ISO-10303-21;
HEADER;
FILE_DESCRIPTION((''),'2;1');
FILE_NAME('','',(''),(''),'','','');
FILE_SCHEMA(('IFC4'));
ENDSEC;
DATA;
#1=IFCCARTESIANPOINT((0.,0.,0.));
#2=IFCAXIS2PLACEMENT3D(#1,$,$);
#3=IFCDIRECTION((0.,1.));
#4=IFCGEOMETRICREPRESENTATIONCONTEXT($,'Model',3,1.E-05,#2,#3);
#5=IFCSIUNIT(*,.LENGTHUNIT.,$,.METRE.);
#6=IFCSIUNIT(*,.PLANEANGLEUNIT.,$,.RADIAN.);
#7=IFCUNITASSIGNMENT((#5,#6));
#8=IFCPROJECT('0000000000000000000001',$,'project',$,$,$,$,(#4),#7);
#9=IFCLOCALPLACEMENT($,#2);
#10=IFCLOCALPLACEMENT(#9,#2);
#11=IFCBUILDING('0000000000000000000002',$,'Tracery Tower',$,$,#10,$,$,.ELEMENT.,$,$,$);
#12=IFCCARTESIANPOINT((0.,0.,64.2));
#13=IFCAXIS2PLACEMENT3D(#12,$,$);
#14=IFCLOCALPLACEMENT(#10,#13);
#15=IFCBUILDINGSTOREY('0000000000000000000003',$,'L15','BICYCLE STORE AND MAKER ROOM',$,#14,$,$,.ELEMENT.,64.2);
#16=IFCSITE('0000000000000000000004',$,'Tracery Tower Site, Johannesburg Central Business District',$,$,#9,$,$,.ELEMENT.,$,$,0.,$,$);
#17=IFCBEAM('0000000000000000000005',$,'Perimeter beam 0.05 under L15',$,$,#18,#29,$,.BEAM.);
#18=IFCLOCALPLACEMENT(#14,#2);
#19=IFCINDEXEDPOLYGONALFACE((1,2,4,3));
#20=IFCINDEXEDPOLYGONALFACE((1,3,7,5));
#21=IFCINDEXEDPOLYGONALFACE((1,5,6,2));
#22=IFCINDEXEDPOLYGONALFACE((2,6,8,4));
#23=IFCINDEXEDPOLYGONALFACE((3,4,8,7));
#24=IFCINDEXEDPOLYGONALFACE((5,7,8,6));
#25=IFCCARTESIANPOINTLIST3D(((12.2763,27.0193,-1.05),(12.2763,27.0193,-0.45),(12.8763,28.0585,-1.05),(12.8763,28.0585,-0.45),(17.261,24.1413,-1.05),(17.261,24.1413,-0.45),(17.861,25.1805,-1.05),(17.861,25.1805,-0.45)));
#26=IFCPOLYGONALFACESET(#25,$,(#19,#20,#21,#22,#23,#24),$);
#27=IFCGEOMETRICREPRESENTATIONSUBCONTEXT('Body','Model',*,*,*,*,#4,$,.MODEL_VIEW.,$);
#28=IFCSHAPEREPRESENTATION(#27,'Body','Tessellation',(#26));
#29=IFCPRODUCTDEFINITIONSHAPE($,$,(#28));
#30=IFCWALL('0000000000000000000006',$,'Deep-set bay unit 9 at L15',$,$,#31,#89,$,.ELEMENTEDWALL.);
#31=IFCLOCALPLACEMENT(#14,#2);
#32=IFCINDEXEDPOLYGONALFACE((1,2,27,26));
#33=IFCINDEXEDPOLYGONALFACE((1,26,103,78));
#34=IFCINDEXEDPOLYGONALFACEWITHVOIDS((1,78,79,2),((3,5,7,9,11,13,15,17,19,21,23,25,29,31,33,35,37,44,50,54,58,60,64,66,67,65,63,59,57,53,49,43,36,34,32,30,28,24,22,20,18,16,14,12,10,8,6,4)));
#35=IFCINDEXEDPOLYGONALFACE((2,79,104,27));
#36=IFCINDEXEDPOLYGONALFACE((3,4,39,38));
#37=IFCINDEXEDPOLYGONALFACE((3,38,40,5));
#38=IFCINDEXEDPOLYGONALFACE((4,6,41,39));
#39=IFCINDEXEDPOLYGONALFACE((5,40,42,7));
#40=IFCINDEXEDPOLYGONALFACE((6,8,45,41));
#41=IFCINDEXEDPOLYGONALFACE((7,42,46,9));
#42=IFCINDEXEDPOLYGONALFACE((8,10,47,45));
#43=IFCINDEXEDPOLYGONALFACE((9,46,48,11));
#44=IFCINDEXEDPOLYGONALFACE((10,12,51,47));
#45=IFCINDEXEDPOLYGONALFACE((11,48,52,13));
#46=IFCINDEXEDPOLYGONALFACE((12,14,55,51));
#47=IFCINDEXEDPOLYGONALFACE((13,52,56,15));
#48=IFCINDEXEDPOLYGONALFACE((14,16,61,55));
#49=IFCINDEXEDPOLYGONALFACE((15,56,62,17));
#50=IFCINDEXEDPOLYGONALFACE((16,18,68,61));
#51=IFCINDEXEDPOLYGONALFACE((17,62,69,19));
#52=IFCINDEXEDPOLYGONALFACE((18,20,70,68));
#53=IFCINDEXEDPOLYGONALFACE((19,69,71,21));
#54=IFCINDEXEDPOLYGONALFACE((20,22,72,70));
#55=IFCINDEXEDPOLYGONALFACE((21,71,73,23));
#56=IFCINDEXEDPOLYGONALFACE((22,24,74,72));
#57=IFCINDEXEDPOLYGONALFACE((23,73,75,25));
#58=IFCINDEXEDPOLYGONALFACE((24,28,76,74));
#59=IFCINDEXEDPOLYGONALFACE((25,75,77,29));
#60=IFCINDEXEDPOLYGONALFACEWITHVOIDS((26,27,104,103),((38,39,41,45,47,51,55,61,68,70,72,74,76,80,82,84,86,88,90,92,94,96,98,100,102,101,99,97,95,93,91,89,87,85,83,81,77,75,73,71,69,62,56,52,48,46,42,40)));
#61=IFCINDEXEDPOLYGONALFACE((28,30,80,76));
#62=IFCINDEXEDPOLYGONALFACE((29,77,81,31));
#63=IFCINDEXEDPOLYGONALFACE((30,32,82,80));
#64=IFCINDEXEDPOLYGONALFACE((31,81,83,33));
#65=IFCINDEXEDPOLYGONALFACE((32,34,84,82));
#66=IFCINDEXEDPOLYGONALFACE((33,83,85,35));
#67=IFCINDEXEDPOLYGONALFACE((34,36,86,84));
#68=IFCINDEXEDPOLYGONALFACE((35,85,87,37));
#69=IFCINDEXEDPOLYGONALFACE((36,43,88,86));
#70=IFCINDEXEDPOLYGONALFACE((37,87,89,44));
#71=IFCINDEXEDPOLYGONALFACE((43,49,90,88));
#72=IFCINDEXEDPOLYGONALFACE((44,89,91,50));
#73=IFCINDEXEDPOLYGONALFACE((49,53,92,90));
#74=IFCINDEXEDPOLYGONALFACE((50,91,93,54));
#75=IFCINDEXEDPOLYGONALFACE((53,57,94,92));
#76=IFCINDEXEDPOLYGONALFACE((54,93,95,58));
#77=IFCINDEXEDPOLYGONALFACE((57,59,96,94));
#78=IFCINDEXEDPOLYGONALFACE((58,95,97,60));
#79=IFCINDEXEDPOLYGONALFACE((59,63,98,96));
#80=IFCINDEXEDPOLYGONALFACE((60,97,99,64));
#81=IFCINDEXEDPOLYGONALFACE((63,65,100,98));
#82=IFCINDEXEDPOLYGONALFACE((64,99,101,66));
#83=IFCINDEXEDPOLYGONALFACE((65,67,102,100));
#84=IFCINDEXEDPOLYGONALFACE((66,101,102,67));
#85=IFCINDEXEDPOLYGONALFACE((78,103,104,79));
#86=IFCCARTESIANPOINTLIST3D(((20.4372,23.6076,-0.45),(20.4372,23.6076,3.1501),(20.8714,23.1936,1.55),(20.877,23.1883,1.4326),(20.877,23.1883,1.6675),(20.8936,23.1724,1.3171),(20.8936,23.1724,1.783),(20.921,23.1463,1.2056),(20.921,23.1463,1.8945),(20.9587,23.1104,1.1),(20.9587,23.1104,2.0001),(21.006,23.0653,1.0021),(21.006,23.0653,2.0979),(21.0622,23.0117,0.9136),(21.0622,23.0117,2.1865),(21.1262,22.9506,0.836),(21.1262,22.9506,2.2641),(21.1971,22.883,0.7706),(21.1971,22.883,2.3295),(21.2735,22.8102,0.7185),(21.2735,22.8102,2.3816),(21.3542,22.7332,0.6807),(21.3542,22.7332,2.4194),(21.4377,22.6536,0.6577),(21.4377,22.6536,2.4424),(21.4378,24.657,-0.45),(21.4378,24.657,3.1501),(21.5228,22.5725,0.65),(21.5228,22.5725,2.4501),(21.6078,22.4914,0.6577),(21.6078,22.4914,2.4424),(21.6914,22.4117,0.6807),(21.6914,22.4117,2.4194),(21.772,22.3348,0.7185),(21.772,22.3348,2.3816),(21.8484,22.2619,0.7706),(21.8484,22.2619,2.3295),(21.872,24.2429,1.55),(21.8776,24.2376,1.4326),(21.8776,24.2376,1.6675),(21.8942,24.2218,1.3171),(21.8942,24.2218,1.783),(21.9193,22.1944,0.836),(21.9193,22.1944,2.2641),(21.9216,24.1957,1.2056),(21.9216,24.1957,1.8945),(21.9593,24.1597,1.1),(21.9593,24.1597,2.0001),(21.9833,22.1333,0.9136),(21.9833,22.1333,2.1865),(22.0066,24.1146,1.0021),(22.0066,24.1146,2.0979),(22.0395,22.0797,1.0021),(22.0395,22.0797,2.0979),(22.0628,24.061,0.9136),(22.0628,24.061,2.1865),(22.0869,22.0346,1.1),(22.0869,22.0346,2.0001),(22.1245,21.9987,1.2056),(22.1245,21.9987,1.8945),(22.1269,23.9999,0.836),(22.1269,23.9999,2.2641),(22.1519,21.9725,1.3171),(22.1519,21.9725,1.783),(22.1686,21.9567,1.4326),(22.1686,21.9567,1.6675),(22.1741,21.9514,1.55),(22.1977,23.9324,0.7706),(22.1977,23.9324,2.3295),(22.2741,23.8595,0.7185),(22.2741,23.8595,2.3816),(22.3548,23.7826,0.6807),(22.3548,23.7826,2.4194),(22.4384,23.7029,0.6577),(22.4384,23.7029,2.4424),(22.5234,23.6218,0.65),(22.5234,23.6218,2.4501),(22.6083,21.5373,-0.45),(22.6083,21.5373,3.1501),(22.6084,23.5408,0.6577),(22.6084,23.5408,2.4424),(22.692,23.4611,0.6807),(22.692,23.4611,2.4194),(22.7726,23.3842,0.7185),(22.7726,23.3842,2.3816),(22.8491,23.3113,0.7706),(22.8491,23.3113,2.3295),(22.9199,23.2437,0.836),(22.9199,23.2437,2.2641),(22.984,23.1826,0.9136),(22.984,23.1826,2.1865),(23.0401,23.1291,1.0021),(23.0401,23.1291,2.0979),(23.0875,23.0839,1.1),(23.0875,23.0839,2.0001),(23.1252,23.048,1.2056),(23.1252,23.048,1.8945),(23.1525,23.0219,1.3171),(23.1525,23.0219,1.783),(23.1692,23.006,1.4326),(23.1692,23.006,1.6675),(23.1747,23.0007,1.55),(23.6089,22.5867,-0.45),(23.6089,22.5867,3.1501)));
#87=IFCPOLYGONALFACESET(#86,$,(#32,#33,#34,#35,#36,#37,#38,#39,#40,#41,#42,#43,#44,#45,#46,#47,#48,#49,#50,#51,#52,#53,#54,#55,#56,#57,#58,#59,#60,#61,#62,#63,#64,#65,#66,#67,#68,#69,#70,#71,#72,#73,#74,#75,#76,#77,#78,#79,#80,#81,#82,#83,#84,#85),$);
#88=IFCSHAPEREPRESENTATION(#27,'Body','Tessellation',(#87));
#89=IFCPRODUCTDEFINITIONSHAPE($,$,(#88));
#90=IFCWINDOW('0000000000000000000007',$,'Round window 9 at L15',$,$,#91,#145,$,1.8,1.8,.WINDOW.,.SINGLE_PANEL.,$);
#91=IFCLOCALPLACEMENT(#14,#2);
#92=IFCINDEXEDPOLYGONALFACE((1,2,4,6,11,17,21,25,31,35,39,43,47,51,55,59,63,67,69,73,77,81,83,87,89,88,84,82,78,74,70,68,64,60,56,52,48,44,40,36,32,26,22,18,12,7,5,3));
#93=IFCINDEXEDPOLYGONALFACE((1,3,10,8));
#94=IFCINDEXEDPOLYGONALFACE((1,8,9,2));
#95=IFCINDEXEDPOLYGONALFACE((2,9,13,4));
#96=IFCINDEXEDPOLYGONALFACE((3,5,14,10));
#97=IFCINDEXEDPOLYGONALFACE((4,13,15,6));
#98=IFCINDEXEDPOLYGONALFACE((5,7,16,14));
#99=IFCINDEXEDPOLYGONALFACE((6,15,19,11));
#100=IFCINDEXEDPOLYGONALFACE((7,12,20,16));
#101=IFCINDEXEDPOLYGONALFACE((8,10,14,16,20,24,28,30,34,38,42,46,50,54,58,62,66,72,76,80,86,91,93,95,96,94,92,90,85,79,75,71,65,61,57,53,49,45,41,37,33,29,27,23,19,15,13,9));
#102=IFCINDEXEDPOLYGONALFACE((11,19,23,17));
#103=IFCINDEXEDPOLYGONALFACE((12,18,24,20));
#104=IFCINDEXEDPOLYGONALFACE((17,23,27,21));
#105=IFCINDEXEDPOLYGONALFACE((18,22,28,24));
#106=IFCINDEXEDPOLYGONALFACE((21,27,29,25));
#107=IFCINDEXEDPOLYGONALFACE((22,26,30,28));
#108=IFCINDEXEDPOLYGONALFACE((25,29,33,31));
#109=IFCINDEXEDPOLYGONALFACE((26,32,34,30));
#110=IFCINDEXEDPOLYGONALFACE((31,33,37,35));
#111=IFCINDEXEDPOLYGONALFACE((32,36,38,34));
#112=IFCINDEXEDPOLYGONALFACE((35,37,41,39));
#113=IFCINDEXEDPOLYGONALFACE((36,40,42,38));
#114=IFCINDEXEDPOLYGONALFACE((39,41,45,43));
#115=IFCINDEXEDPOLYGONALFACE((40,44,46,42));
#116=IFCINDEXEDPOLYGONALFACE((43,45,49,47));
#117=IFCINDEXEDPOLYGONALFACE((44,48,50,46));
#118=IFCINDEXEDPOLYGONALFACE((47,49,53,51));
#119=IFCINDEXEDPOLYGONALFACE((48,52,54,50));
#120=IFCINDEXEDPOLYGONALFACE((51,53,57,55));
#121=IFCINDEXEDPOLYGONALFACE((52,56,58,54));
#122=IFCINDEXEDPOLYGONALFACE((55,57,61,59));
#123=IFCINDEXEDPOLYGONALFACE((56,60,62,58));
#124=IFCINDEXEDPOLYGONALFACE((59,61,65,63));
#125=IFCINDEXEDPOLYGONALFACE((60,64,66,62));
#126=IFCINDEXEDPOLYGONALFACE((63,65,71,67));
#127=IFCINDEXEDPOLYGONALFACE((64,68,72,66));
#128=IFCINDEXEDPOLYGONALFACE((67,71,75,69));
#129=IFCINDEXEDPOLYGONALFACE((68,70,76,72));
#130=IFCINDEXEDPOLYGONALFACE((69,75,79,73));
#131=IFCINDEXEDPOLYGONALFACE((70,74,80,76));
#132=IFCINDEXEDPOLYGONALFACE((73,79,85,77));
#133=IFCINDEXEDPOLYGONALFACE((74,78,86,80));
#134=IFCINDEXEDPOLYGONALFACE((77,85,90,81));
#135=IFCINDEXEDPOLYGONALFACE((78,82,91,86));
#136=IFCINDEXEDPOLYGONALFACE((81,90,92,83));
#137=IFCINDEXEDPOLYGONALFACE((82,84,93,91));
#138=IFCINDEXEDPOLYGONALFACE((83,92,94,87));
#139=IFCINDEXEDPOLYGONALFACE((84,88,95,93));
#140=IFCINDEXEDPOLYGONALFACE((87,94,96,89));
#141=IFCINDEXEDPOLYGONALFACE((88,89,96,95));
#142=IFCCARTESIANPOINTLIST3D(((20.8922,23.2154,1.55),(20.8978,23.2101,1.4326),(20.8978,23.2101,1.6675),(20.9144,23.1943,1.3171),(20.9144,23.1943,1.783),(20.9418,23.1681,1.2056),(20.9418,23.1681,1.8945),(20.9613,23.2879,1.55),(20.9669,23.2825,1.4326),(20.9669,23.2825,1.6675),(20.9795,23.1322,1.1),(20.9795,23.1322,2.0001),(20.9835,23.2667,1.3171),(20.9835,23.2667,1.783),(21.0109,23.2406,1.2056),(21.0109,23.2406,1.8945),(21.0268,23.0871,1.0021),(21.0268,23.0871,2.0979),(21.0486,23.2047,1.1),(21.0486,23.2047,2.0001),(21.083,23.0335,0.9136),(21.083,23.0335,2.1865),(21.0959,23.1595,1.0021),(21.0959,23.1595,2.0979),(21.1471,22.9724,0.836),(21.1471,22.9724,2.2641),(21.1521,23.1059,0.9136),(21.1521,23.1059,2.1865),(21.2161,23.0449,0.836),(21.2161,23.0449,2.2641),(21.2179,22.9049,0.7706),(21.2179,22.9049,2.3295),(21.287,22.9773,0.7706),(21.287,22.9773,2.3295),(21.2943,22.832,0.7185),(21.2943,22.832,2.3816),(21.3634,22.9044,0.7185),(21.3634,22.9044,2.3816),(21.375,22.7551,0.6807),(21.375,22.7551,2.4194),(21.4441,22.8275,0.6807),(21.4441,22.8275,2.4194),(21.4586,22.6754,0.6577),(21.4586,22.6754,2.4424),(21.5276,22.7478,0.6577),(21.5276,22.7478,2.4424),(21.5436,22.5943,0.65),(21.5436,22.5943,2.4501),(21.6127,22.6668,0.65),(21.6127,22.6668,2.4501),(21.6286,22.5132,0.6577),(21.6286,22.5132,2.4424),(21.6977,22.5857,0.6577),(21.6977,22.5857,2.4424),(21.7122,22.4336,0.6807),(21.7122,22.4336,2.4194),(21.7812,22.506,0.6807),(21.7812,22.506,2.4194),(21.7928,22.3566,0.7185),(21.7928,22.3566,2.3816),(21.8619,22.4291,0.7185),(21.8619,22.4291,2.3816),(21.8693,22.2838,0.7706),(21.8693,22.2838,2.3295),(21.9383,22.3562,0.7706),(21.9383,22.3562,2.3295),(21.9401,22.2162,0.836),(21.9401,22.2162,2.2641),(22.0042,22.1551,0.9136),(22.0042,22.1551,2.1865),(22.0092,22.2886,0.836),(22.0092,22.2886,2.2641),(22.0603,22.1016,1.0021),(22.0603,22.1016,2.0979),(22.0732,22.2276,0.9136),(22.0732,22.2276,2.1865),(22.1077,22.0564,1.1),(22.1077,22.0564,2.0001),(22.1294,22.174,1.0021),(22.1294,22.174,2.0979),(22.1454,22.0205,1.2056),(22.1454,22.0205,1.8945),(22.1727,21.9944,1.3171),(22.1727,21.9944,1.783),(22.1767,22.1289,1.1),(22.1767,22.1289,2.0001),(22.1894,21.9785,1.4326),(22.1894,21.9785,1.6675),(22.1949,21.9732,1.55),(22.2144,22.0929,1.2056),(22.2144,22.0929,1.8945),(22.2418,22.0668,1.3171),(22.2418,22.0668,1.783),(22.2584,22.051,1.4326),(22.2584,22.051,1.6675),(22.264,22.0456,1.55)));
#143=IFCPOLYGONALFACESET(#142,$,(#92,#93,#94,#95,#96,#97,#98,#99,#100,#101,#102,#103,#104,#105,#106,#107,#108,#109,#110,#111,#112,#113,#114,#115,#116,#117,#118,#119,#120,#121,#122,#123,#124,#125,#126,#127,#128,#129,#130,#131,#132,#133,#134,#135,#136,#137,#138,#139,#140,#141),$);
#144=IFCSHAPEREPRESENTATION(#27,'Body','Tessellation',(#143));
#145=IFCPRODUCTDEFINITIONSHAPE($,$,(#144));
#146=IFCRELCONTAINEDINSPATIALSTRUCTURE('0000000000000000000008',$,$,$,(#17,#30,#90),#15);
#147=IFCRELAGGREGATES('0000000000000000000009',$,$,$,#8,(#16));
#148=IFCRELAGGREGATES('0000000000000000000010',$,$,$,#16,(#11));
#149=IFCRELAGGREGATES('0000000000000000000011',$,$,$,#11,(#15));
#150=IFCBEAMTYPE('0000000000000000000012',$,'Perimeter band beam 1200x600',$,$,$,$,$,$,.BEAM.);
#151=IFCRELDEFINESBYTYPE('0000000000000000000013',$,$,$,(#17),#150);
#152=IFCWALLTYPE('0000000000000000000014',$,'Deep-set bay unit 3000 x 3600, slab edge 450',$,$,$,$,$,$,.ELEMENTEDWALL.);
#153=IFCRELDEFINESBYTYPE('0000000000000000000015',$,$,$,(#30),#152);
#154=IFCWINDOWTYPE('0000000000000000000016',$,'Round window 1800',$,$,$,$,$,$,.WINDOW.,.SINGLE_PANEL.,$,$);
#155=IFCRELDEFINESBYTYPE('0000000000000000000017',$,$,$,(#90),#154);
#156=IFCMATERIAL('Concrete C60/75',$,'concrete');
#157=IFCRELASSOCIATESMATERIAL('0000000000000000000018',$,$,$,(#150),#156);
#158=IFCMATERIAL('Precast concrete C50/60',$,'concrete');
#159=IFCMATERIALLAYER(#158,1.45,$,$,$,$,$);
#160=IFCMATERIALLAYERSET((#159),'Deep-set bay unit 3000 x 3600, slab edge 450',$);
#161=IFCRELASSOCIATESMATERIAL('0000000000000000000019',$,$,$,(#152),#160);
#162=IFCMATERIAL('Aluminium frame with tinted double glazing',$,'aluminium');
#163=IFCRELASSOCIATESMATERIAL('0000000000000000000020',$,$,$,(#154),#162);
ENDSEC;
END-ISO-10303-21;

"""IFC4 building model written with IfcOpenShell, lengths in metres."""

from ifc_helpers import new_model, si_unit, direction, frame, frame_2d, origin, origin_2d, place, context, subcontext, project, spatial, rectangle, circle, extrude, material, layer, layer_set, material_profile, profile_set, type_object, element, fill, save


model = new_model("IFC4")

# Units and contexts
model_context = context("Model", 3, precision=1e-05, world=origin(), true_north=direction((0.0, 1.0)))
body_context = subcontext(model_context, "Body", "Model", "MODEL_VIEW")
ifc_project = project(units=[si_unit("LENGTHUNIT", "METRE"), si_unit("PLANEANGLEUNIT", "RADIAN")], contexts=[model_context])

# Site, building, storey
site_placement = place(None, origin())
site = spatial("IfcSite", under=ifc_project, at=site_placement, Name="Tracery Tower Site, Johannesburg Central Business District", CompositionType="ELEMENT", RefElevation=0.0)
building_placement = place(site_placement, origin())
building = spatial("IfcBuilding", under=site, at=building_placement, Name="Tracery Tower", CompositionType="ELEMENT")
storey_placement = place(building_placement, frame((0.0, 0.0, 64.2)))
storey = spatial("IfcBuildingStorey", under=building, at=storey_placement, Name="L15", Description="BICYCLE STORE AND MAKER ROOM", CompositionType="ELEMENT", Elevation=64.2)

# Beam
ifc_material_1 = material(Name="Concrete C60/75", Category="concrete")
ifc_material_profile_1 = material_profile(ifc_material_1, rectangle(XDim=1.2, YDim=0.6001, at=origin_2d()), Name="RC 1200x600")
ifc_profile_set_1 = profile_set([ifc_material_profile_1], Name="Concrete C60/75")
beam_type_1 = type_object("IfcBeamType", Name="Perimeter band beam 1200x600", PredefinedType="BEAM", material=ifc_profile_set_1)
beam_1_placement = place(storey_placement, frame((17.561, 24.6609, -0.75), z_axis=(-0.866021, 0.500008, 0.0), x_axis=(-0.500008, -0.866021, 0.0)))
element("IfcBeam", 1, at=beam_1_placement, inside=storey, type_object=beam_type_1, Name="Perimeter beam 0.05 under L15", PredefinedType="BEAM", context=body_context, shape_type="SweptSolid", body=[
    extrude(rectangle(XDim=1.2, YDim=0.6001, at=origin_2d()), origin(), (0.0, 0.0, 1.0), 5.7559),
])

# Wall, opening, window
ifc_material_2 = material(Name="Precast concrete C50/60", Category="concrete")
ifc_layer_1 = layer(ifc_material_2, 1.45)
ifc_layer_set_1 = layer_set([ifc_layer_1], Name="Deep-set bay unit 3000 x 3600, slab edge 450")
wall_type_1 = type_object("IfcWallType", Name="Deep-set bay unit 3000 x 3600, slab edge 450", PredefinedType="ELEMENTEDWALL", material=ifc_layer_set_1)
wall_1_placement = place(storey_placement, frame((23.1086, 22.062, -0.45), z_axis=(0.0, 0.0, 1.0), x_axis=(-0.723712, 0.690102, 0.0)))
wall_1 = element("IfcWall", 2, at=wall_1_placement, inside=storey, type_object=wall_type_1, Name="Deep-set bay unit 9 at L15", PredefinedType="ELEMENTEDWALL", context=body_context, shape_type="SweptSolid", body=[
    extrude(rectangle(XDim=3.0, YDim=1.45, at=frame_2d((1.5, 0.0))), origin(), (0.0, 0.0, 1.0), 3.6001),
])
opening_1_placement = place(wall_1_placement, frame((1.5, 0.0, 2.0)))
opening_1 = element("IfcOpeningElement", 3, at=opening_1_placement, cuts=wall_1, PredefinedType="OPENING", context=body_context, shape_type="SweptSolid", body=[
    extrude(circle(Radius=0.9, at=origin_2d()), frame((0.0, 0.7349, 0.0), z_axis=(0.0, -1.0, 0.0), x_axis=(1.0, 0.0, 0.0)), (0.0, 0.0, 1.0), 1.47),
])
ifc_material_3 = material(Name="Aluminium frame with tinted double glazing", Category="aluminium")
window_type = type_object("IfcWindowType", Name="Round window 1800", PartitioningType="SINGLE_PANEL", PredefinedType="WINDOW", material=ifc_material_3)
window_1_placement = place(opening_1_placement, origin())
window_1 = element("IfcWindow", 4, at=window_1_placement, inside=storey, type_object=window_type, Name="Round window 9 at L15", OverallHeight=1.8, OverallWidth=1.8, PartitioningType="SINGLE_PANEL", PredefinedType="WINDOW", context=body_context, shape_type="SweptSolid", body=[
    extrude(circle(Radius=0.9, at=origin_2d()), frame((0.0, 0.6948, 0.0), z_axis=(0.0, -1.0, 0.0), x_axis=(1.0, 0.0, 0.0)), (0.0, 0.0, 1.0), 0.1001),
])
fill(opening_1, window_1)

save(model, "model.ifc")
